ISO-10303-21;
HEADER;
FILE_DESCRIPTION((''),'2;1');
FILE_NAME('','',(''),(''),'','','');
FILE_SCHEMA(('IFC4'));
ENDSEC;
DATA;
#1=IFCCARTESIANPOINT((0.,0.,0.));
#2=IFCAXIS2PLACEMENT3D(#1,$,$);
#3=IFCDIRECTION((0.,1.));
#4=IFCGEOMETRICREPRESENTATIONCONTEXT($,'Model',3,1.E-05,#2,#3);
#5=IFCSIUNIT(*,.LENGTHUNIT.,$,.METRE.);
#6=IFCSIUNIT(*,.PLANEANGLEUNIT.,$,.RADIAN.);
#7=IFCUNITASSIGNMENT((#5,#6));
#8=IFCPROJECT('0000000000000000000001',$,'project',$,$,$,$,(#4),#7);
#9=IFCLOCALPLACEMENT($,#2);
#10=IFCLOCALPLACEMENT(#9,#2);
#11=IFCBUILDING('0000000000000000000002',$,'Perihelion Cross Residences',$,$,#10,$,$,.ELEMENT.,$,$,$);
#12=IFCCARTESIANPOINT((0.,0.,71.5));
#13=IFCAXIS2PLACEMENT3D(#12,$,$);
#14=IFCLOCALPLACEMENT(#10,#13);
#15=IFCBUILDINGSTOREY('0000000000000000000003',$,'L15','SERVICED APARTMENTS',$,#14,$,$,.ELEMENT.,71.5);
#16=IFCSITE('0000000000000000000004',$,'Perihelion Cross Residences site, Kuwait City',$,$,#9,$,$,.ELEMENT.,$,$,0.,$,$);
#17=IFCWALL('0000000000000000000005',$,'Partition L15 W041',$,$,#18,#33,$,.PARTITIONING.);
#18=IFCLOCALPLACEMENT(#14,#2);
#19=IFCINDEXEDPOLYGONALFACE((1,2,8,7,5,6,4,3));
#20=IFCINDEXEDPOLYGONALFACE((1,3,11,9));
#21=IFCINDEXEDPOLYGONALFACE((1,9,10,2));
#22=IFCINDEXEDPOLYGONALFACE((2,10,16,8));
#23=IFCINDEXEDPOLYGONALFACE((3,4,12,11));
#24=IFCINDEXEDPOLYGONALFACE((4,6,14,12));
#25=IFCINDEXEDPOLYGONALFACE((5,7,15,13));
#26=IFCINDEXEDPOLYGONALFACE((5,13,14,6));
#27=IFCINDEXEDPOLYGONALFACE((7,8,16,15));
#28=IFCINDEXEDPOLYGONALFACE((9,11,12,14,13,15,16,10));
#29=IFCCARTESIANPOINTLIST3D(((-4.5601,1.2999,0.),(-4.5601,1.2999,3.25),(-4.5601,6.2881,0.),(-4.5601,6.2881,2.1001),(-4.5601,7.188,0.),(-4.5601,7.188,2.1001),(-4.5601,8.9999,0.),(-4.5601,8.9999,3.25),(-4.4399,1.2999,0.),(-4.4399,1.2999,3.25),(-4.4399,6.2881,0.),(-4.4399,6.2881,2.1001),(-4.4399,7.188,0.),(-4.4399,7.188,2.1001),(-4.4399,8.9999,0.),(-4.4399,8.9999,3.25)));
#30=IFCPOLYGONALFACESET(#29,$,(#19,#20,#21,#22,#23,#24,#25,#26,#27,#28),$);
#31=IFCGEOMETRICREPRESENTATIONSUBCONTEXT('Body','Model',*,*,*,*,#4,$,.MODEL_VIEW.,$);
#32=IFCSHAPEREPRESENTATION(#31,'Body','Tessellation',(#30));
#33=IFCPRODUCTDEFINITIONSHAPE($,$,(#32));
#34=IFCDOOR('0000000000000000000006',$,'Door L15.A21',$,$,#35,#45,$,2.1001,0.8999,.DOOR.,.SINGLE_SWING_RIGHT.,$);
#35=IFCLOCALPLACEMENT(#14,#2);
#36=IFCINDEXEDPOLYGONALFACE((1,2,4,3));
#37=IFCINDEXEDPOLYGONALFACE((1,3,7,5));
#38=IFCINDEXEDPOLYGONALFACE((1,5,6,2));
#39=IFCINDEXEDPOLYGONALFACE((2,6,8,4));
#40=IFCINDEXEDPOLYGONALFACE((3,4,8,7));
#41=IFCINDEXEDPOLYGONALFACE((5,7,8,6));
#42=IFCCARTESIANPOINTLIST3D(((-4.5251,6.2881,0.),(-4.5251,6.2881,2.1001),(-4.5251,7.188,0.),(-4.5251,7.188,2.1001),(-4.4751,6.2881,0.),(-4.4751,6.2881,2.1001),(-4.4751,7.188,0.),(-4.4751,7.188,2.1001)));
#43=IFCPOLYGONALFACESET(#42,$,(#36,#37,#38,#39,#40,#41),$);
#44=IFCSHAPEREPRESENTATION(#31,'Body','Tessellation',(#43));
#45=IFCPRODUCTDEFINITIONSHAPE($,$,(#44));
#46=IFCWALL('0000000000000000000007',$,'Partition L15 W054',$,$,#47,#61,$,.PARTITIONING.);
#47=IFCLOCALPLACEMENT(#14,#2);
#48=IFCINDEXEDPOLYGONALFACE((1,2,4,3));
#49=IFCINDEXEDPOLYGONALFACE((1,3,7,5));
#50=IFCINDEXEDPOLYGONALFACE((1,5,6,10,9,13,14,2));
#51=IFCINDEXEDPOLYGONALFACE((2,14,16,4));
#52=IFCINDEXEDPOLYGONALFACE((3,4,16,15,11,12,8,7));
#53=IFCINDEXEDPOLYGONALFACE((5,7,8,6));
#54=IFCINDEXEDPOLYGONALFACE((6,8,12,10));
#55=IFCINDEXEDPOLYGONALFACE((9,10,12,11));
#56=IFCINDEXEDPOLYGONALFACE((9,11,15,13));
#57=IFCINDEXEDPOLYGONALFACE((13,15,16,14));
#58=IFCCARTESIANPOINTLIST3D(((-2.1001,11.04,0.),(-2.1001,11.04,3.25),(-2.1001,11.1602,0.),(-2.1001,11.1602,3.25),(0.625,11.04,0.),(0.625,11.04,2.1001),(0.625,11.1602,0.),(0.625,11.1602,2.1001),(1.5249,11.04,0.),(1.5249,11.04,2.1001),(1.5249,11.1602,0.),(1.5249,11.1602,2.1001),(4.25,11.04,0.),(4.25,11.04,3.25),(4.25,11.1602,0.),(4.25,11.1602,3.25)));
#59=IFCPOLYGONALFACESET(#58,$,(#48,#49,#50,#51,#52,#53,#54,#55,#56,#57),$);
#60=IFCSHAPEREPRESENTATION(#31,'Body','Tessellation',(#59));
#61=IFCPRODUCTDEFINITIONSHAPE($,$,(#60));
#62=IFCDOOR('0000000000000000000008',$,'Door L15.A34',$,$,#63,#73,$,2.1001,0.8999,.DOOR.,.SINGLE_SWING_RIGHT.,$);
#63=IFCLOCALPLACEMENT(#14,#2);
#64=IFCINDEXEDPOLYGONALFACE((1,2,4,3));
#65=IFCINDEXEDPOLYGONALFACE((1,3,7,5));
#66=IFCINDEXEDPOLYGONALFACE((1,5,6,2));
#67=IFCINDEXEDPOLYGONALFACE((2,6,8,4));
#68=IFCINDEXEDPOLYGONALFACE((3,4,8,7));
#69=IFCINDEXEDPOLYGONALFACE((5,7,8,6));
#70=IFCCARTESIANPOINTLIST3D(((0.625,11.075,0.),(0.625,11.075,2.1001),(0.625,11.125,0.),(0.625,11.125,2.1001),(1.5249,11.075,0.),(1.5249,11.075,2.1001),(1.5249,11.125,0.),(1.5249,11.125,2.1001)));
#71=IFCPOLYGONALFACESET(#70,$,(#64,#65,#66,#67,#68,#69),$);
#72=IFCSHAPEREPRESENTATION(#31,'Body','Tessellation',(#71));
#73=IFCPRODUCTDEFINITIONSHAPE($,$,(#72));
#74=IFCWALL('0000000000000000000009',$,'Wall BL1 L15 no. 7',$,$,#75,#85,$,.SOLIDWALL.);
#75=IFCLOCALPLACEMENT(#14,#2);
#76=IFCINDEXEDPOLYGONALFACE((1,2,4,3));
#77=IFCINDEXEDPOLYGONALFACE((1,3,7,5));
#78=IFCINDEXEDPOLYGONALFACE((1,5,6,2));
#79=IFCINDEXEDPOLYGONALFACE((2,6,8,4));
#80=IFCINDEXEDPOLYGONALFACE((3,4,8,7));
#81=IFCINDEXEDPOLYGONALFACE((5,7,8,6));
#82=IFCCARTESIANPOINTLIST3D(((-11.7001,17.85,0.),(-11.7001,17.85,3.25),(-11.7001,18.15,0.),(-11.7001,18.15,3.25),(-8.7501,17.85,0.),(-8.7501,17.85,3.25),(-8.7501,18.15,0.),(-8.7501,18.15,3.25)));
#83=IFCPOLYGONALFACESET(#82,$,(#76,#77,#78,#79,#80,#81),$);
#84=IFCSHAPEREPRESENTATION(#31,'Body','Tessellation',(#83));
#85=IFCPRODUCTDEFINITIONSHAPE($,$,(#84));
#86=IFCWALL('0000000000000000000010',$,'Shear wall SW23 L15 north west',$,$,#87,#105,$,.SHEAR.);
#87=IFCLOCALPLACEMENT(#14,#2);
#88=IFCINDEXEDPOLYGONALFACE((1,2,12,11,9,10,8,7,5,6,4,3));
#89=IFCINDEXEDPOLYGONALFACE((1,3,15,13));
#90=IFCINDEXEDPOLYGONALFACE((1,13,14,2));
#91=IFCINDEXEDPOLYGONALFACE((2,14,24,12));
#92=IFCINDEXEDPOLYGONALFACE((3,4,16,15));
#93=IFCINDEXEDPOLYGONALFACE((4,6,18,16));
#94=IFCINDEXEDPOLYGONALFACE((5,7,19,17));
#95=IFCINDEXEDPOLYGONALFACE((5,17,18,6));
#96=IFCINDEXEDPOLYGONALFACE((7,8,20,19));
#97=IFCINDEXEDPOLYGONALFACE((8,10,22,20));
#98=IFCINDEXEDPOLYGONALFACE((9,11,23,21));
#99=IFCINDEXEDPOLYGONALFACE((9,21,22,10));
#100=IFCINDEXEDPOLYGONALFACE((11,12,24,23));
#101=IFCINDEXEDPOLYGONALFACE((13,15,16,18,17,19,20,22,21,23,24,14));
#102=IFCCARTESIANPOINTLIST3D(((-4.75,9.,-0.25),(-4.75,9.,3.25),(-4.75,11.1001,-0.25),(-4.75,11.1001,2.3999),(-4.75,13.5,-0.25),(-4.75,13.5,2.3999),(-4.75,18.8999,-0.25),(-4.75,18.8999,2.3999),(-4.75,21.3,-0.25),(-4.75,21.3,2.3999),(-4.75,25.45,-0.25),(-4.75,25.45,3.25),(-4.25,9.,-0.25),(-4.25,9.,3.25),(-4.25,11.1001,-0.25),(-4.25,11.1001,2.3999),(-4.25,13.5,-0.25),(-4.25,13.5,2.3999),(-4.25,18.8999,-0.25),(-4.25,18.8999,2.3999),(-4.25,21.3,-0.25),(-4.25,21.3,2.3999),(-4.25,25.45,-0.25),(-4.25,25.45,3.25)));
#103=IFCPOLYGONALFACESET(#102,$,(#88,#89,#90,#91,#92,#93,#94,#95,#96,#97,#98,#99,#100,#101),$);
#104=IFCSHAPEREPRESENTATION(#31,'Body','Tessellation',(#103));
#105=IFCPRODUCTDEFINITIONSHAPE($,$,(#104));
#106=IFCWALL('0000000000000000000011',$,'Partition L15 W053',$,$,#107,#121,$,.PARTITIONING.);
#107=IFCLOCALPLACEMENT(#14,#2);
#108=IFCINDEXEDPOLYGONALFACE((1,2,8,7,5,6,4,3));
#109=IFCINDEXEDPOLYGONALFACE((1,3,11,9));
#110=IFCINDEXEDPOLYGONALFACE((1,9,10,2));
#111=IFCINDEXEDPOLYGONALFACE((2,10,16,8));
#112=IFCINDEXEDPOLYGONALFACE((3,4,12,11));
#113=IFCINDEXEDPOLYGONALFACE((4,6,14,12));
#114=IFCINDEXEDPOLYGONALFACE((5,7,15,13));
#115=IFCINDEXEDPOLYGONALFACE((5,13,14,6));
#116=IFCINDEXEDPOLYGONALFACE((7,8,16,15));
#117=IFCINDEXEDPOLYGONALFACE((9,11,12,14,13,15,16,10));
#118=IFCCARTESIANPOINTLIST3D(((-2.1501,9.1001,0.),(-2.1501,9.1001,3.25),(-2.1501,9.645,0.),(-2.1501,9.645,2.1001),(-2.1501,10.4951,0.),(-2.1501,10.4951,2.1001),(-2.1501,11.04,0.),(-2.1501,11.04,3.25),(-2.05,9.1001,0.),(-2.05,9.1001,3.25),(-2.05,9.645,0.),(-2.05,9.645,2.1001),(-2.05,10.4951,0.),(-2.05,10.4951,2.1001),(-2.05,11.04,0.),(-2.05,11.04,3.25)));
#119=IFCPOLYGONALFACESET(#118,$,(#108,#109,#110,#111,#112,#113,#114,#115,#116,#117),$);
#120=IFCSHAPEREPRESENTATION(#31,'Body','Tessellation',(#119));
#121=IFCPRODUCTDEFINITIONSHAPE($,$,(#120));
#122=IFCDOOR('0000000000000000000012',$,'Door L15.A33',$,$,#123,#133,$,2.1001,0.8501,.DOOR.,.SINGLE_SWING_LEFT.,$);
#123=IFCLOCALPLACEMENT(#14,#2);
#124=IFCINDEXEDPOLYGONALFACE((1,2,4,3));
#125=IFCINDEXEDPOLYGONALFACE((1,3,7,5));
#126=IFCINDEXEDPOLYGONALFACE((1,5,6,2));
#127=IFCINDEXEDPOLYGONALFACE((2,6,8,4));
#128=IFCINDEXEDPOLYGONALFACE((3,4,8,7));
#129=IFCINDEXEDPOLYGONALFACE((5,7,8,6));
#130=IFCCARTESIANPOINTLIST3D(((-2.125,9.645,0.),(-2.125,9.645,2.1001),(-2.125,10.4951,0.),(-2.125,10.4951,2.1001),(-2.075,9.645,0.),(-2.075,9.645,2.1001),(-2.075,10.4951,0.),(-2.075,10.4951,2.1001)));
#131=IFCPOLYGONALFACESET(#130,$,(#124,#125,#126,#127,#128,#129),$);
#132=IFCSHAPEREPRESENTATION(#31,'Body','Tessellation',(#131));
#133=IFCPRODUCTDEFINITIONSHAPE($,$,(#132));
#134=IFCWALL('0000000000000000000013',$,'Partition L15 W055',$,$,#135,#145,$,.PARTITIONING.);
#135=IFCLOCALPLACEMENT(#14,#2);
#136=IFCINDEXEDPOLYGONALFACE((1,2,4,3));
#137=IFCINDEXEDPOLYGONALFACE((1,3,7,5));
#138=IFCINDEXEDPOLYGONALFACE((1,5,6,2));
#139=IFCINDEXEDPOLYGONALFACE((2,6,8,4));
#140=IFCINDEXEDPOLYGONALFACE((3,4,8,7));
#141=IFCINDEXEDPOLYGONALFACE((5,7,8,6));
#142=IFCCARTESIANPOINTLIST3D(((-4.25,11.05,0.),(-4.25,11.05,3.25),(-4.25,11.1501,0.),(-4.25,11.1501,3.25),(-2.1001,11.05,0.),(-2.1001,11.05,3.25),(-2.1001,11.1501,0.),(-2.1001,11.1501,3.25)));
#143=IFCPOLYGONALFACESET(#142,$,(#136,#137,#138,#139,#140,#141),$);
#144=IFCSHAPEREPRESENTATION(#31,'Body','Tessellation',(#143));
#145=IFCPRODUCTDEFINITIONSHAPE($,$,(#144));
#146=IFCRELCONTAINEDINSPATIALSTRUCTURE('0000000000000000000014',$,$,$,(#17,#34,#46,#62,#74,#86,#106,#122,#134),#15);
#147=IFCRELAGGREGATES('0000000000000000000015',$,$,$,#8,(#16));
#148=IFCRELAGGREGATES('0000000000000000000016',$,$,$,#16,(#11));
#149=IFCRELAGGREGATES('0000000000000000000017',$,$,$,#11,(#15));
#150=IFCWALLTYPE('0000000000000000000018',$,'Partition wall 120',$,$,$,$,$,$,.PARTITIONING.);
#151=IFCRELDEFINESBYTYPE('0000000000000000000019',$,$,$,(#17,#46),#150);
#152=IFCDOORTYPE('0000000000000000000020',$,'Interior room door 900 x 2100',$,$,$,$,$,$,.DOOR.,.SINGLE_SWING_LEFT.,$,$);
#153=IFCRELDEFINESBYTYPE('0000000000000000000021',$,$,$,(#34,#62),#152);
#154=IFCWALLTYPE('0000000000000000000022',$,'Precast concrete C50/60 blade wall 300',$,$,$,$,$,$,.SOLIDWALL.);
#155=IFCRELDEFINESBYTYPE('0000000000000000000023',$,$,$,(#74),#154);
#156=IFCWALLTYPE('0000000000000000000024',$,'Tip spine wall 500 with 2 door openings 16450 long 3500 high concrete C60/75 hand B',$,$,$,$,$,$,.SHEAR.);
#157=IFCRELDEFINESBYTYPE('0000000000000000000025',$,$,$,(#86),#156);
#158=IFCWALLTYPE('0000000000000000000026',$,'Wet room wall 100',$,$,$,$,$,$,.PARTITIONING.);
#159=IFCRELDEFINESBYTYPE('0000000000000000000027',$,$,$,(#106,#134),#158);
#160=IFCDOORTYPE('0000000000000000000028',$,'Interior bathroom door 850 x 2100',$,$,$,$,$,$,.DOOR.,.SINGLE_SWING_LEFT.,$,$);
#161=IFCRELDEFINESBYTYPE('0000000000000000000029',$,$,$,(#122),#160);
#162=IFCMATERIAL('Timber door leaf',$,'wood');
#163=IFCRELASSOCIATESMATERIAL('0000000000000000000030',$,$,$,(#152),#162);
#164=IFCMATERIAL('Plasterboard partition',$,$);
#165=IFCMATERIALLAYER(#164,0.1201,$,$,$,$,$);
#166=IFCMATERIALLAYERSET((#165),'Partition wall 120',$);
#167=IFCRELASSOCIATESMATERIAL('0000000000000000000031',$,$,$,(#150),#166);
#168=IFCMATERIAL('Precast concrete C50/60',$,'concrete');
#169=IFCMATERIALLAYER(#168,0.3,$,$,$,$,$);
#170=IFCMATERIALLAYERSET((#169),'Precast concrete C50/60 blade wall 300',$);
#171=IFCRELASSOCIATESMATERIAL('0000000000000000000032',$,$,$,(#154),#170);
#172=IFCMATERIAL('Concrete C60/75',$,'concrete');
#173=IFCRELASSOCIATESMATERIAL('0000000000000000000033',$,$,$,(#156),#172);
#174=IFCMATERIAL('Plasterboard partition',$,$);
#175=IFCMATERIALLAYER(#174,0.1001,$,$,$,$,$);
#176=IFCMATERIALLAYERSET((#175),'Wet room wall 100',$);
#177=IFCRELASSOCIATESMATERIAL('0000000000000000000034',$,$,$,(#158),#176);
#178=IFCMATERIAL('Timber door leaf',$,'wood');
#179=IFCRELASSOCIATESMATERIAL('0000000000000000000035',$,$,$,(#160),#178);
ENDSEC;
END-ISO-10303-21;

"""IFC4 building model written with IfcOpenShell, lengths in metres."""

from ifc_helpers import new_model, si_unit, direction, frame, frame_2d, origin, place, context, subcontext, project, spatial, polyline, rectangle, outline, extrude, material, layer, layer_set, material_profile, profile_set, type_object, element, fill, save


model = new_model("IFC4")

# Units and contexts
model_context = context("Model", 3, precision=1e-05, world=origin(), true_north=direction((0.0, 1.0)))
body_context = subcontext(model_context, "Body", "Model", "MODEL_VIEW")
ifc_project = project(units=[si_unit("LENGTHUNIT", "METRE"), si_unit("PLANEANGLEUNIT", "RADIAN")], contexts=[model_context])

# Site, building, storey
site_placement = place(None, origin())
site = spatial("IfcSite", under=ifc_project, at=site_placement, Name="Perihelion Cross Residences site, Kuwait City", CompositionType="ELEMENT", RefElevation=0.0)
building_placement = place(site_placement, origin())
building = spatial("IfcBuilding", under=site, at=building_placement, Name="Perihelion Cross Residences", CompositionType="ELEMENT")
storey_placement = place(building_placement, frame((0.0, 0.0, 71.5)))
storey = spatial("IfcBuildingStorey", under=building, at=storey_placement, Name="L15", Description="SERVICED APARTMENTS", CompositionType="ELEMENT", Elevation=71.5)

# Walls, openings, doors
ifc_material_1 = material(Name="Timber door leaf", Category="wood")
door_type_1 = type_object("IfcDoorType", Name="Interior room door 900 x 2100", OperationType="SINGLE_SWING_LEFT", PredefinedType="DOOR", material=ifc_material_1)
ifc_material_2 = material(Name="Plasterboard partition")
ifc_layer_1 = layer(ifc_material_2, 0.1201)
ifc_layer_set_1 = layer_set([ifc_layer_1], Name="Partition wall 120")
wall_type_1 = type_object("IfcWallType", Name="Partition wall 120", PredefinedType="PARTITIONING", material=ifc_layer_set_1)
wall_1_placement = place(storey_placement, frame((-4.5, 9.0, 0.0), z_axis=(0.0, 0.0, 1.0), x_axis=(0.0, -1.0, 0.0)))
wall_1 = element("IfcWall", 1, at=wall_1_placement, inside=storey, type_object=wall_type_1, Name="Partition L15 W041", PredefinedType="PARTITIONING", context=body_context, shape_type="SweptSolid", body=[
    extrude(rectangle(XDim=7.7, YDim=0.1201, at=frame_2d((3.8501, 0.0))), origin(), (0.0, 0.0, 1.0), 3.25),
])
opening_1_placement = place(wall_1_placement, frame((1.812, 0.0, 0.0)))
opening_1 = element("IfcOpeningElement", 2, at=opening_1_placement, cuts=wall_1, PredefinedType="OPENING", context=body_context, shape_type="SweptSolid", body=[
    extrude(rectangle(XDim=0.8999, YDim=2.1001, at=frame_2d((0.45, 1.05))), frame((0.0, 0.0701, 0.0), z_axis=(0.0, -1.0, 0.0), x_axis=(1.0, 0.0, 0.0)), (0.0, 0.0, 1.0), 0.1401),
])
door_1_placement = place(opening_1_placement, origin())
door_1 = element("IfcDoor", 3, at=door_1_placement, inside=storey, type_object=door_type_1, Name="Door L15.A21", OperationType="SINGLE_SWING_RIGHT", OverallHeight=2.1001, OverallWidth=0.8999, PredefinedType="DOOR", context=body_context, shape_type="SweptSolid", body=[
    extrude(rectangle(XDim=0.8999, YDim=2.1001, at=frame_2d((0.45, 1.05))), frame((0.0, 0.0249, 0.0), z_axis=(0.0, -1.0, 0.0), x_axis=(1.0, 0.0, 0.0)), (0.0, 0.0, 1.0), 0.05),
])
fill(opening_1, door_1)
wall_2_placement = place(storey_placement, frame((-2.1001, 11.1001, 0.0), z_axis=(0.0, 0.0, 1.0), x_axis=(1.0, 0.0, 0.0)))
wall_2 = element("IfcWall", 4, at=wall_2_placement, inside=storey, type_object=wall_type_1, Name="Partition L15 W054", PredefinedType="PARTITIONING", context=body_context, shape_type="SweptSolid", body=[
    extrude(rectangle(XDim=6.3501, YDim=0.1201, at=frame_2d((3.175, 0.0))), origin(), (0.0, 0.0, 1.0), 3.25),
])
opening_2_placement = place(wall_2_placement, frame((2.7251, 0.0, 0.0)))
opening_2 = element("IfcOpeningElement", 5, at=opening_2_placement, cuts=wall_2, PredefinedType="OPENING", context=body_context, shape_type="SweptSolid", body=[
    extrude(rectangle(XDim=0.8999, YDim=2.1001, at=frame_2d((0.45, 1.05))), frame((0.0, 0.0701, 0.0), z_axis=(0.0, -1.0, 0.0), x_axis=(1.0, 0.0, 0.0)), (0.0, 0.0, 1.0), 0.1401),
])
door_2_placement = place(opening_2_placement, origin())
door_2 = element("IfcDoor", 6, at=door_2_placement, inside=storey, type_object=door_type_1, Name="Door L15.A34", OperationType="SINGLE_SWING_RIGHT", OverallHeight=2.1001, OverallWidth=0.8999, PredefinedType="DOOR", context=body_context, shape_type="SweptSolid", body=[
    extrude(rectangle(XDim=0.8999, YDim=2.1001, at=frame_2d((0.45, 1.05))), frame((0.0, 0.0249, 0.0), z_axis=(0.0, -1.0, 0.0), x_axis=(1.0, 0.0, 0.0)), (0.0, 0.0, 1.0), 0.05),
])
fill(opening_2, door_2)

# Walls
ifc_material_3 = material(Name="Precast concrete C50/60", Category="concrete")
ifc_layer_2 = layer(ifc_material_3, 0.3)
ifc_layer_set_2 = layer_set([ifc_layer_2], Name="Precast concrete C50/60 blade wall 300")
wall_type_2 = type_object("IfcWallType", Name="Precast concrete C50/60 blade wall 300", PredefinedType="SOLIDWALL", material=ifc_layer_set_2)
wall_3_placement = place(storey_placement, frame((-8.75, 18.0, 0.0), z_axis=(0.0, 0.0, 1.0), x_axis=(-1.0, 0.0, 0.0)))
element("IfcWall", 7, at=wall_3_placement, inside=storey, type_object=wall_type_2, Name="Wall BL1 L15 no. 7", PredefinedType="SOLIDWALL", context=body_context, shape_type="SweptSolid", body=[
    extrude(rectangle(XDim=2.95, YDim=0.3, at=frame_2d((1.4751, 0.0))), origin(), (0.0, 0.0, 1.0), 3.25),
])
ifc_material_4 = material(Name="Concrete C60/75", Category="concrete")
ifc_material_profile_1 = material_profile(ifc_material_4, outline(polyline([(0.0, 0.0), (2.1001, 0.0), (2.1001, 2.6499), (4.5, 2.6499), (4.5, 0.0), (9.8999, 0.0), (9.8999, 2.6499), (12.3, 2.6499), (12.3, 0.0), (16.45, 0.0), (16.45, 3.5), (0.0, 3.5), (0.0, 0.0)])), Name="Tip spine wall")
ifc_profile_set_1 = profile_set([ifc_material_profile_1], Name="Concrete C60/75")
wall_type_3 = type_object("IfcWallType", Name="Tip spine wall 500 with 2 door openings 16450 long 3500 high concrete C60/75 hand B", PredefinedType="SHEAR", material=ifc_profile_set_1)
wall_4_placement = place(storey_placement, frame((-4.75, 9.0, -0.25), z_axis=(1.0, 0.0, 0.0), x_axis=(0.0, 1.0, 0.0)))
element("IfcWall", 8, at=wall_4_placement, inside=storey, type_object=wall_type_3, Name="Shear wall SW23 L15 north west", PredefinedType="SHEAR", context=body_context, shape_type="SweptSolid", body=[
    extrude(outline(polyline([(0.0, 0.0), (2.1001, 0.0), (2.1001, 2.6499), (4.5, 2.6499), (4.5, 0.0), (9.8999, 0.0), (9.8999, 2.6499), (12.3, 2.6499), (12.3, 0.0), (16.45, 0.0), (16.45, 3.5), (0.0, 3.5), (0.0, 0.0)])), origin(), (0.0, 0.0, 1.0), 0.5),
])

# Wall, opening, door
ifc_material_5 = material(Name="Plasterboard partition")
ifc_layer_3 = layer(ifc_material_5, 0.1001)
ifc_layer_set_3 = layer_set([ifc_layer_3], Name="Wet room wall 100")
wall_type_4 = type_object("IfcWallType", Name="Wet room wall 100", PredefinedType="PARTITIONING", material=ifc_layer_set_3)
wall_5_placement = place(storey_placement, frame((-2.1001, 9.1001, 0.0), z_axis=(0.0, 0.0, 1.0), x_axis=(0.0, 1.0, 0.0)))
wall_5 = element("IfcWall", 9, at=wall_5_placement, inside=storey, type_object=wall_type_4, Name="Partition L15 W053", PredefinedType="PARTITIONING", context=body_context, shape_type="SweptSolid", body=[
    extrude(rectangle(XDim=1.9399, YDim=0.1001, at=frame_2d((0.97, 0.0))), origin(), (0.0, 0.0, 1.0), 3.25),
])
opening_3_placement = place(wall_5_placement, frame((0.5449, 0.0, 0.0)))
opening_3 = element("IfcOpeningElement", 10, at=opening_3_placement, cuts=wall_5, PredefinedType="OPENING", context=body_context, shape_type="SweptSolid", body=[
    extrude(rectangle(XDim=0.8501, YDim=2.1001, at=frame_2d((0.425, 1.05))), frame((0.0, 0.0601, 0.0), z_axis=(0.0, -1.0, 0.0), x_axis=(1.0, 0.0, 0.0)), (0.0, 0.0, 1.0), 0.1201),
])
ifc_material_6 = material(Name="Timber door leaf", Category="wood")
door_type_2 = type_object("IfcDoorType", Name="Interior bathroom door 850 x 2100", OperationType="SINGLE_SWING_LEFT", PredefinedType="DOOR", material=ifc_material_6)
door_3_placement = place(opening_3_placement, origin())
door_3 = element("IfcDoor", 11, at=door_3_placement, inside=storey, type_object=door_type_2, Name="Door L15.A33", OperationType="SINGLE_SWING_LEFT", OverallHeight=2.1001, OverallWidth=0.8501, PredefinedType="DOOR", context=body_context, shape_type="SweptSolid", body=[
    extrude(rectangle(XDim=0.8501, YDim=2.1001, at=frame_2d((0.425, 1.05))), frame((0.0, 0.0249, 0.0), z_axis=(0.0, -1.0, 0.0), x_axis=(1.0, 0.0, 0.0)), (0.0, 0.0, 1.0), 0.05),
])
fill(opening_3, door_3)

# Wall
wall_6_placement = place(storey_placement, frame((-4.25, 11.1001, 0.0), z_axis=(0.0, 0.0, 1.0), x_axis=(1.0, 0.0, 0.0)))
element("IfcWall", 12, at=wall_6_placement, inside=storey, type_object=wall_type_4, Name="Partition L15 W055", PredefinedType="PARTITIONING", context=body_context, shape_type="SweptSolid", body=[
    extrude(rectangle(XDim=2.1499, YDim=0.1001, at=frame_2d((1.075, 0.0))), origin(), (0.0, 0.0, 1.0), 3.25),
])

save(model, "model.ifc")
